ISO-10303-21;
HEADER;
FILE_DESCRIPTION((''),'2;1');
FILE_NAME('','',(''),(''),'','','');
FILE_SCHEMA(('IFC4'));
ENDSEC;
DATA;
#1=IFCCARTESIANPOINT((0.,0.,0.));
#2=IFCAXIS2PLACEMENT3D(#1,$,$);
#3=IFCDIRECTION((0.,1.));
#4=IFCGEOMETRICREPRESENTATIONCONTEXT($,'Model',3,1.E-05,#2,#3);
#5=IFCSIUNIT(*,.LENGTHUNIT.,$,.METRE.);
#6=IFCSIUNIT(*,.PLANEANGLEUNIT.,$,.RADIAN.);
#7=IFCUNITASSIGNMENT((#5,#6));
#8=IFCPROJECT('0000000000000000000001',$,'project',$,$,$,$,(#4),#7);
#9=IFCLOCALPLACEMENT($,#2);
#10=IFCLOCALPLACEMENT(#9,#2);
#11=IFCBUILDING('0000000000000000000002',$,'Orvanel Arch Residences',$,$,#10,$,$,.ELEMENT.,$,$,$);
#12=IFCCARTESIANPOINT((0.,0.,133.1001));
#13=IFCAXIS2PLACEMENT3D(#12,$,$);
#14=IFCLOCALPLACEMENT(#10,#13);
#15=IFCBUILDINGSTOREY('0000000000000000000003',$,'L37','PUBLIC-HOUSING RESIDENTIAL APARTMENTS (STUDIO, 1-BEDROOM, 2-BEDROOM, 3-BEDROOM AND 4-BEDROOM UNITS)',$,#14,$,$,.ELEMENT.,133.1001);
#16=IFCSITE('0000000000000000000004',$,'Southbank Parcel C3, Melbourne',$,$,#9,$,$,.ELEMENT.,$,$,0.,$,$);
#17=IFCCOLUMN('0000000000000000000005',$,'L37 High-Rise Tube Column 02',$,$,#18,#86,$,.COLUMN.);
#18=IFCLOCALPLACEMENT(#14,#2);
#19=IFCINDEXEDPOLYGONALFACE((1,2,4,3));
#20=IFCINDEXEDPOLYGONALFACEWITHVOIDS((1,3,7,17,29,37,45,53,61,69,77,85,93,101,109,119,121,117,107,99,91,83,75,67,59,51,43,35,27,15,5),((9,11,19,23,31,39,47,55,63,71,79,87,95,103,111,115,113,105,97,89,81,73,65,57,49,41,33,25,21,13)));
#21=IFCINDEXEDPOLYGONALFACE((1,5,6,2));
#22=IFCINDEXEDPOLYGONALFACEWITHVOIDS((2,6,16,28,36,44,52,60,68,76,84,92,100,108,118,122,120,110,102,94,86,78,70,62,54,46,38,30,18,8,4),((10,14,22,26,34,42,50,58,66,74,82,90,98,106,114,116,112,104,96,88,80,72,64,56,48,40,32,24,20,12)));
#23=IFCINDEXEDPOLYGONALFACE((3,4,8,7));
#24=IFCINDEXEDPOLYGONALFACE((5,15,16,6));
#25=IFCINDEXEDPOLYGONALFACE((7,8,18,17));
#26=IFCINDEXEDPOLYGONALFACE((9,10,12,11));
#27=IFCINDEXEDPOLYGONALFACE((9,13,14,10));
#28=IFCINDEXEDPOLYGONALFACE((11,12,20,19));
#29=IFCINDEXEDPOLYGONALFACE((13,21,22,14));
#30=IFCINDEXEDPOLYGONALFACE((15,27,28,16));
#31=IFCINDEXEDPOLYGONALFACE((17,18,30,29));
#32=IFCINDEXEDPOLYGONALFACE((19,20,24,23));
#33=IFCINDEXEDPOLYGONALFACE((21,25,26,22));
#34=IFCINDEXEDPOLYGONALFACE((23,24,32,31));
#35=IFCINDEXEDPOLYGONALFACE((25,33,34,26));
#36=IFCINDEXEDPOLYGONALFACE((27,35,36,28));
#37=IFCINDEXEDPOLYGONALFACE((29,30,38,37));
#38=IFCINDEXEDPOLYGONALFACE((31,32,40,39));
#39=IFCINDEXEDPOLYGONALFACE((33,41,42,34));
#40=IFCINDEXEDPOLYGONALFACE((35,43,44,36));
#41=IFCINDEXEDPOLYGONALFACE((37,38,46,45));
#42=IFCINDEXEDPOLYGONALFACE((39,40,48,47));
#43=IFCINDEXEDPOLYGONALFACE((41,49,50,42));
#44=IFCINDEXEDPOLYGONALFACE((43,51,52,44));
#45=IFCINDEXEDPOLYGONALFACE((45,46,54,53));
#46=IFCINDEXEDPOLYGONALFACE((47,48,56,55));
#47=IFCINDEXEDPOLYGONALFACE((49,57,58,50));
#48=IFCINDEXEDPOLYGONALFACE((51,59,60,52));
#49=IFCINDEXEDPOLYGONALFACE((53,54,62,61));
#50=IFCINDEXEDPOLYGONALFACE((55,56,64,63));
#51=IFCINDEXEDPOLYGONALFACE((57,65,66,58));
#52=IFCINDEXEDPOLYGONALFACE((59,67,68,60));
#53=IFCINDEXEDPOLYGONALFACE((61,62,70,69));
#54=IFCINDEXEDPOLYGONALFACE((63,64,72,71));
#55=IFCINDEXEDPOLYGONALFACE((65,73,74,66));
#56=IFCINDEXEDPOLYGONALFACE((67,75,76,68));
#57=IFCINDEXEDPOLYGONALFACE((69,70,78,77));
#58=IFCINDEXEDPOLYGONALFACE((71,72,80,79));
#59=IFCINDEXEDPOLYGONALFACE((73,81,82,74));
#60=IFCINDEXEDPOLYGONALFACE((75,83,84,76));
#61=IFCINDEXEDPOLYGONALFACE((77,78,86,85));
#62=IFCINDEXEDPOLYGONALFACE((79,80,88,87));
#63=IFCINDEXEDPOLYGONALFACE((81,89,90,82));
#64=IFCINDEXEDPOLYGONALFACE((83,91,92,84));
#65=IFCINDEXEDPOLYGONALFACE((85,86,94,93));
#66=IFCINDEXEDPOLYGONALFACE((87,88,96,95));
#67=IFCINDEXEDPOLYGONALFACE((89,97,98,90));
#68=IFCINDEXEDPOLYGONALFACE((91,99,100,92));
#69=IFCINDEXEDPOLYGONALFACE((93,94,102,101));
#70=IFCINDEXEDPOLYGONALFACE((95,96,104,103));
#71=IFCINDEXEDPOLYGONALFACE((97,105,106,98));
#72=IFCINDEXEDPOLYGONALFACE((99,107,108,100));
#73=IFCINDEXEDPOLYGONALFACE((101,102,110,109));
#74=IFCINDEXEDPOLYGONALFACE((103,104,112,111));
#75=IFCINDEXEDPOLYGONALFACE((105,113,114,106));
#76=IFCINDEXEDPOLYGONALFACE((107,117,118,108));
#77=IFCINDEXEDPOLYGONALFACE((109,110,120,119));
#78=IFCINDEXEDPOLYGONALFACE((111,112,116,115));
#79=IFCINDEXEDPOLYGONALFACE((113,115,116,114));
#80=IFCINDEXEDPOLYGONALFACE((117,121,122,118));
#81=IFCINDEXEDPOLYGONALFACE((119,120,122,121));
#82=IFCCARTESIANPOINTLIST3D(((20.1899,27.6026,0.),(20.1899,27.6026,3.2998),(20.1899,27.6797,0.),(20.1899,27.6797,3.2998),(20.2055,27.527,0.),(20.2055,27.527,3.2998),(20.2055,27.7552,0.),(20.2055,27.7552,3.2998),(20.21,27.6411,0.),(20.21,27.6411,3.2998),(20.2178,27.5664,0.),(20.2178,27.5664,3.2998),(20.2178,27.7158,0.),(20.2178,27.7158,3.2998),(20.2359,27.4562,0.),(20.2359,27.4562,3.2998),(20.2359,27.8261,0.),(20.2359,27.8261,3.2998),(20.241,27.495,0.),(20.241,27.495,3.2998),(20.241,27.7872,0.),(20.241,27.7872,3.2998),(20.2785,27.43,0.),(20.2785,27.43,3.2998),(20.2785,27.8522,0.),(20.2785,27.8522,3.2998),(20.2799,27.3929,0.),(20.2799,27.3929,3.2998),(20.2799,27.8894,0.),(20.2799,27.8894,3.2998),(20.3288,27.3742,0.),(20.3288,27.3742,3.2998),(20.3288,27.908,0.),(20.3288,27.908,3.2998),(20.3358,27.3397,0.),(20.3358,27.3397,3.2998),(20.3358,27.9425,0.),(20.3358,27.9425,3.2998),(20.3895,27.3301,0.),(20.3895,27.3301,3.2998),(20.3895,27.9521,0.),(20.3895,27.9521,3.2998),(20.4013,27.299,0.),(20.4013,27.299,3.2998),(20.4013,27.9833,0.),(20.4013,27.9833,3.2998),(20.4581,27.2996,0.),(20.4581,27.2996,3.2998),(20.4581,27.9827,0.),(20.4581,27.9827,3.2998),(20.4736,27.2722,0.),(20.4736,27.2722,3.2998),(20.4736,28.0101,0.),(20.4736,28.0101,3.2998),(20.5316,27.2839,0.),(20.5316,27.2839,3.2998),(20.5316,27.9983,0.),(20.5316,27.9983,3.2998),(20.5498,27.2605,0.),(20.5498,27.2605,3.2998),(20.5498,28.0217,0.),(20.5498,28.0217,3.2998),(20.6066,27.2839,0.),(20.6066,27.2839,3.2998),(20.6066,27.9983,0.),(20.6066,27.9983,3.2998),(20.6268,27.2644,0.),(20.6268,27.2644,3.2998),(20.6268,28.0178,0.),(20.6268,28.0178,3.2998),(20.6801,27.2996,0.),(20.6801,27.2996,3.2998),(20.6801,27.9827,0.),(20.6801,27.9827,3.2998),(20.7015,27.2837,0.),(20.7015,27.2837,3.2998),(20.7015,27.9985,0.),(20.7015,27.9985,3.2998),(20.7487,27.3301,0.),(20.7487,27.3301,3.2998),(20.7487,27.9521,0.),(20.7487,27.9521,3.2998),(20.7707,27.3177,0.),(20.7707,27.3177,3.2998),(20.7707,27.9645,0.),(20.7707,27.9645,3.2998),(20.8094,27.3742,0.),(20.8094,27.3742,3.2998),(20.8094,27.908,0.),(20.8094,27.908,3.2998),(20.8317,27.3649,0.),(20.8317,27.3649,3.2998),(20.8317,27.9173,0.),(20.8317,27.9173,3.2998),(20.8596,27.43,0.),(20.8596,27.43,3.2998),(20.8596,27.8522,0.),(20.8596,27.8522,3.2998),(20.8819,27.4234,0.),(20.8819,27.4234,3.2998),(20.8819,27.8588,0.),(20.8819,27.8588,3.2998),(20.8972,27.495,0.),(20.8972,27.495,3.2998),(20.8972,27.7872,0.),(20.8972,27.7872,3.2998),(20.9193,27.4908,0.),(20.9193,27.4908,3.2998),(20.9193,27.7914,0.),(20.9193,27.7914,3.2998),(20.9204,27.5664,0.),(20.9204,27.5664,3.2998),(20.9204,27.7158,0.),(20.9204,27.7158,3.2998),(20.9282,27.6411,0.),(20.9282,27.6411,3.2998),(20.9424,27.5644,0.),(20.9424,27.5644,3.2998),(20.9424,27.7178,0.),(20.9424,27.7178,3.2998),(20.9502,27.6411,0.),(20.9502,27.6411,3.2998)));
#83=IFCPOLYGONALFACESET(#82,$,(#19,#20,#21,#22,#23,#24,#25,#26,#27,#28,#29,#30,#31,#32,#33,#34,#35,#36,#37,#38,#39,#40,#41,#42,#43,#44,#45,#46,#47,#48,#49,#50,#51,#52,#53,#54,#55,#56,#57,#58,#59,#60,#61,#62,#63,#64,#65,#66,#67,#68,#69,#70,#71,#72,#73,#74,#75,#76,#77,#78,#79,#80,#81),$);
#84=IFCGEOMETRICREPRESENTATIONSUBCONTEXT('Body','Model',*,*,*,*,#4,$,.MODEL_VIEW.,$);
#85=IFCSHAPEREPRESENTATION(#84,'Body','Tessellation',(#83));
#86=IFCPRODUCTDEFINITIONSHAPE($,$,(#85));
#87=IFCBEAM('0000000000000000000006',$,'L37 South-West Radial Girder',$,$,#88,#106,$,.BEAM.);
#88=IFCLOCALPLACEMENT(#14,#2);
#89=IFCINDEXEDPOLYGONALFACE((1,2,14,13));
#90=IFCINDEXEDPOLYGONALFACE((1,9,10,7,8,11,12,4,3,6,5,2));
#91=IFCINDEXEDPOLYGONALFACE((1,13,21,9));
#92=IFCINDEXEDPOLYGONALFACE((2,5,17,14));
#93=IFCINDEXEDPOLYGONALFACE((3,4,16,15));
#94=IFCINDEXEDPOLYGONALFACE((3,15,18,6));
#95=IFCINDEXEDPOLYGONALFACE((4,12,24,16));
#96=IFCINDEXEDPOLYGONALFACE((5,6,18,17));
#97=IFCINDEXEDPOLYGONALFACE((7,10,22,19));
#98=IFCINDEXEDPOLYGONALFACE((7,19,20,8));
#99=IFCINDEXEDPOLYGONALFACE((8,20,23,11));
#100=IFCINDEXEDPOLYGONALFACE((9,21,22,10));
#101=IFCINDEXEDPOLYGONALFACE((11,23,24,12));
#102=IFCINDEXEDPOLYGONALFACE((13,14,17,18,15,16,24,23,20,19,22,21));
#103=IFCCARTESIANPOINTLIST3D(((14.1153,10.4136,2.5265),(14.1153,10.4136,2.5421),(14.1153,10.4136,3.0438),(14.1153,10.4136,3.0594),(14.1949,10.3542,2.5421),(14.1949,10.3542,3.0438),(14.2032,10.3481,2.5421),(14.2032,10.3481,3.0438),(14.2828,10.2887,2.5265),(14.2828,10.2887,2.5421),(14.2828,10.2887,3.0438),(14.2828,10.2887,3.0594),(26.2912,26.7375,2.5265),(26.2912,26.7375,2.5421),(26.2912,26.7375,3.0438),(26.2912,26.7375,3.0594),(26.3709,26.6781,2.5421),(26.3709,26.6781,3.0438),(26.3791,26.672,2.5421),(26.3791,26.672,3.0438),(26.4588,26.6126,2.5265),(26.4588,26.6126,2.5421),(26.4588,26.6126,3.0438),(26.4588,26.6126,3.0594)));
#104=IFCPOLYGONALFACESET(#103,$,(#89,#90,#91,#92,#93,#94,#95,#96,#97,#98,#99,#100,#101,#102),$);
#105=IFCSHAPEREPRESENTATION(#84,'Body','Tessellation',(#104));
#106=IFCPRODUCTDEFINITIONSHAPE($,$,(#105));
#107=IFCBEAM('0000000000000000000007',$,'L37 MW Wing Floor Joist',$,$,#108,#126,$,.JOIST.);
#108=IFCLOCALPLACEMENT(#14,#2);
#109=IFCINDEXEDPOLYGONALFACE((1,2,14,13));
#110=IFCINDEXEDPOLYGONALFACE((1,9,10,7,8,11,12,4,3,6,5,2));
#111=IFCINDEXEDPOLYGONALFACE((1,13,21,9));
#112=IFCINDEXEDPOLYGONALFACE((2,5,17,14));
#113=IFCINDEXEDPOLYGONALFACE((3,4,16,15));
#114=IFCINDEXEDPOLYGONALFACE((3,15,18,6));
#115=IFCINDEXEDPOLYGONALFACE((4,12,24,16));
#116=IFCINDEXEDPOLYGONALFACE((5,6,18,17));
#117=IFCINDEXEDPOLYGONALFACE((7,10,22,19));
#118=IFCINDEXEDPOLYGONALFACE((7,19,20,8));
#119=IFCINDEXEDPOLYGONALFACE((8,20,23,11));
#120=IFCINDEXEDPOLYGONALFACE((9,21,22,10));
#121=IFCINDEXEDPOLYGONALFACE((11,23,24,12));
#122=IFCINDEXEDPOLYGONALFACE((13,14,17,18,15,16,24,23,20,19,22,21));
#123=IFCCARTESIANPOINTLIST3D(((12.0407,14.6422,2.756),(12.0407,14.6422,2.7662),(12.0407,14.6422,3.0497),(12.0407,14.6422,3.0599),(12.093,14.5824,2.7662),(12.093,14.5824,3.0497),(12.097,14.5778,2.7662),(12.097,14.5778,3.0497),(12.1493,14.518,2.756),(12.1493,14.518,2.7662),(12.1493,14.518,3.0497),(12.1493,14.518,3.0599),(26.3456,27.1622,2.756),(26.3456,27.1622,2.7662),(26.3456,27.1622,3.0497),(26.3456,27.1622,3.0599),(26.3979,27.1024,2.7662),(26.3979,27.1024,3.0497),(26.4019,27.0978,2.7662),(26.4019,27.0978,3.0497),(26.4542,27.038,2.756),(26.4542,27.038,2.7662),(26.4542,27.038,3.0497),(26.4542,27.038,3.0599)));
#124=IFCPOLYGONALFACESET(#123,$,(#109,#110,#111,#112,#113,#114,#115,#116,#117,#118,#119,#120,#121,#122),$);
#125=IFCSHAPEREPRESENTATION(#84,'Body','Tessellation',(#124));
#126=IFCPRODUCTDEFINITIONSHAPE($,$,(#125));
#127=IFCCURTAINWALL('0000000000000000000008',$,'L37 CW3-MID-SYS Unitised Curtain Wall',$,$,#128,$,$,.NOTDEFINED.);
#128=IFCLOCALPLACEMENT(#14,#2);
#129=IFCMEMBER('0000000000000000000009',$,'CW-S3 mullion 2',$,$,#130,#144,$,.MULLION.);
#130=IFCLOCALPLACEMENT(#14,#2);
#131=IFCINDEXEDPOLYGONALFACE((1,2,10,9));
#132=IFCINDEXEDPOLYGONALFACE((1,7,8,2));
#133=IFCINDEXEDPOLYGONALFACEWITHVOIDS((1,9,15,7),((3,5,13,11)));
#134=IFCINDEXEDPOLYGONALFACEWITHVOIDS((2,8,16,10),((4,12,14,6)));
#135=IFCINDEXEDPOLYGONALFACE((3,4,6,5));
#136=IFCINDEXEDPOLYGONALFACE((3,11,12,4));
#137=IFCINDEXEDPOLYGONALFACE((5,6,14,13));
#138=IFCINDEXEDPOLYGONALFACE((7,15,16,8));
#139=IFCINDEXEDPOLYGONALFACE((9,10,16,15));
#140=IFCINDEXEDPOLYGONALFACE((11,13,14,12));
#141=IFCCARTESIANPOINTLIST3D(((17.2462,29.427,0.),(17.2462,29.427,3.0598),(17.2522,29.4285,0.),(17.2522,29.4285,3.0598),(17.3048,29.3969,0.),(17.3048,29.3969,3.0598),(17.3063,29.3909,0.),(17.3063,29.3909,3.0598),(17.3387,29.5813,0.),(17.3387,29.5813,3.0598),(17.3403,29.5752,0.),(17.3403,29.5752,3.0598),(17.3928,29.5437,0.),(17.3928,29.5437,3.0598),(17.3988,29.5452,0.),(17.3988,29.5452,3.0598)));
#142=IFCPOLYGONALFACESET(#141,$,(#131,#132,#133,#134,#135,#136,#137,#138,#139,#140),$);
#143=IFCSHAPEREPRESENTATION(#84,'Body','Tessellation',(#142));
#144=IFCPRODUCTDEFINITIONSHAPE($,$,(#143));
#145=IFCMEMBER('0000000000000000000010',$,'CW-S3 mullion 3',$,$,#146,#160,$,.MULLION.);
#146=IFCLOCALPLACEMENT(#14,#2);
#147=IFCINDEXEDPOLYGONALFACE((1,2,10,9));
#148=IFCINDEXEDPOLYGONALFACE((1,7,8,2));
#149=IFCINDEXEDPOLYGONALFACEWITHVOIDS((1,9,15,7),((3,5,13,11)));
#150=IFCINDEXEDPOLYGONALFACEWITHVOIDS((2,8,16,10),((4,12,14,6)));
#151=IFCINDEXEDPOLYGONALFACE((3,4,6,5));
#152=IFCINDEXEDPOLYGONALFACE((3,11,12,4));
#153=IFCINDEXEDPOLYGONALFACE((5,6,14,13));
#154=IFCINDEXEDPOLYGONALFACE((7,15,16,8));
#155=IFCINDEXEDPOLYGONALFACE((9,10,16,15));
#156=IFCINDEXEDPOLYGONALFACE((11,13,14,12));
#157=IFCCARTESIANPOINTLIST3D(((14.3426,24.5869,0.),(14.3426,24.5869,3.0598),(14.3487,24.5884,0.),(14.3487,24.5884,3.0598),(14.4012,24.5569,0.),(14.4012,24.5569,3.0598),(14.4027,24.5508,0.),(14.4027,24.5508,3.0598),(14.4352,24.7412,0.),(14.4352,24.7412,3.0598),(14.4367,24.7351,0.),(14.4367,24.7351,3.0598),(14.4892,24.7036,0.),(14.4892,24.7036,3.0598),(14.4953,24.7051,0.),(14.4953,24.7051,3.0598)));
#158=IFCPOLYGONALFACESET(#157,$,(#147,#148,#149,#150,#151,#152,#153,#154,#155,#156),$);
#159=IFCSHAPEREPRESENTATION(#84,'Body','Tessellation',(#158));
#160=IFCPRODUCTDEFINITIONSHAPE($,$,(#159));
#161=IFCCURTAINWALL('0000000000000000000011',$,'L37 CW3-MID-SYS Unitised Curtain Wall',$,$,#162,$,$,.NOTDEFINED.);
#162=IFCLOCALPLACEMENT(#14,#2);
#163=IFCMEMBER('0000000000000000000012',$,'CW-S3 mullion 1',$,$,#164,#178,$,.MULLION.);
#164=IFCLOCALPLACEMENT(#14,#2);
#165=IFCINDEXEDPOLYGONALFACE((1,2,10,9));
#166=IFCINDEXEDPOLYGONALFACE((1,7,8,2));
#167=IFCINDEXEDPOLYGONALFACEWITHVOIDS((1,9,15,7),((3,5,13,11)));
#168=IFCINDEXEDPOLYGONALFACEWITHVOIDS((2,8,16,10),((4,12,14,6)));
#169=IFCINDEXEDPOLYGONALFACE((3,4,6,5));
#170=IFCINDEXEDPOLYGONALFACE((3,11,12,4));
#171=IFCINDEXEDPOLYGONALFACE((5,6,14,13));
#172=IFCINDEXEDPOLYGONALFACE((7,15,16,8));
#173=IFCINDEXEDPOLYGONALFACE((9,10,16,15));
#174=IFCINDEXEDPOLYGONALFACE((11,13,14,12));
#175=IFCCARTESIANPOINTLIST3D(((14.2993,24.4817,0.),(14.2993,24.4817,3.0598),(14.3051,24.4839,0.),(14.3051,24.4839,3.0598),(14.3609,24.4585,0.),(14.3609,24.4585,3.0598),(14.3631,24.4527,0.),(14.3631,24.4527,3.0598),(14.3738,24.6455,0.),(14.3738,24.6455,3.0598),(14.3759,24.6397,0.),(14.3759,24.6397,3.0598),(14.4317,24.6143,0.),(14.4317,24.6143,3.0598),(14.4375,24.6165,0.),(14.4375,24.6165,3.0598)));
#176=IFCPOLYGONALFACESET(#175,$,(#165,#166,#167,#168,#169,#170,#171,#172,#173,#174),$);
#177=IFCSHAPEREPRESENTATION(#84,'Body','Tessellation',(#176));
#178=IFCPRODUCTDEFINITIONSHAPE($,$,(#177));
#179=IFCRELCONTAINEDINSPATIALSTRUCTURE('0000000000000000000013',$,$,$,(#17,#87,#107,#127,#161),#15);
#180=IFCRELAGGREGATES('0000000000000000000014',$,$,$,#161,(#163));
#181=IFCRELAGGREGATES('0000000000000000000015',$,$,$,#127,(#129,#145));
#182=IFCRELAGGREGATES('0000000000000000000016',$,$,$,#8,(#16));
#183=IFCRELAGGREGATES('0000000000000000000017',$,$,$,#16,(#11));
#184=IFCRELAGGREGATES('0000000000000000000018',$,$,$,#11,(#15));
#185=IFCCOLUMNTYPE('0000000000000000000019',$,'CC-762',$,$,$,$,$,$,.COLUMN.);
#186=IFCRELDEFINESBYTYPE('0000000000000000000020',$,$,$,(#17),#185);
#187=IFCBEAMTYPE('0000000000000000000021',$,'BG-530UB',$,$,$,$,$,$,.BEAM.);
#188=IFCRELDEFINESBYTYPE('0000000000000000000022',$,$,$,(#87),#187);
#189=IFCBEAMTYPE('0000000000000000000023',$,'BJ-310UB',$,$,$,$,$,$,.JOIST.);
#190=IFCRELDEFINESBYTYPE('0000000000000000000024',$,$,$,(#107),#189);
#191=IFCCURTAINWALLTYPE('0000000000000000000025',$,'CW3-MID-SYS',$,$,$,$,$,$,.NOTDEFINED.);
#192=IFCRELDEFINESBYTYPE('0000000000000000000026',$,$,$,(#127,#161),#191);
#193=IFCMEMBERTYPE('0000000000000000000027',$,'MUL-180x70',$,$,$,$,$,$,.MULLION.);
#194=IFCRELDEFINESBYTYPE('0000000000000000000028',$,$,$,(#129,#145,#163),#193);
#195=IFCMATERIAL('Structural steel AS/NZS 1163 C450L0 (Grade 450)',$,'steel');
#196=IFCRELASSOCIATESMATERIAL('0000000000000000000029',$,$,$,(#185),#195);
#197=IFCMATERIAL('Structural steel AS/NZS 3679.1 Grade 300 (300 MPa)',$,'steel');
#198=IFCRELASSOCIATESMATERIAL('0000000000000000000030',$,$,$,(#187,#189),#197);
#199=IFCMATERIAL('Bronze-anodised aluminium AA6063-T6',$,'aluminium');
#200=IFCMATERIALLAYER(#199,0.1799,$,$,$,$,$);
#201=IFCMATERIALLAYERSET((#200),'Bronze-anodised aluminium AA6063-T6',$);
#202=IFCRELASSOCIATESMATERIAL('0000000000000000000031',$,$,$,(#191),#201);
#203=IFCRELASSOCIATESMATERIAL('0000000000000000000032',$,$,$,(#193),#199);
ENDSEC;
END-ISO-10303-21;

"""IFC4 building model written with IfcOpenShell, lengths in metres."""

from ifc_helpers import new_model, si_unit, direction, frame, origin, origin_2d, place, context, subcontext, project, spatial, hollow_rectangle, hollow_circle, i_section, extrude, material, layer, layer_set, material_profile, profile_set, type_object, element, aggregate, save


model = new_model("IFC4")

# Units and contexts
model_context = context("Model", 3, precision=1e-05, world=origin(), true_north=direction((0.0, 1.0)))
body_context = subcontext(model_context, "Body", "Model", "MODEL_VIEW")
ifc_project = project(units=[si_unit("LENGTHUNIT", "METRE"), si_unit("PLANEANGLEUNIT", "RADIAN")], contexts=[model_context])

# Site, building, storey
site_placement = place(None, origin())
site = spatial("IfcSite", under=ifc_project, at=site_placement, Name="Southbank Parcel C3, Melbourne", CompositionType="ELEMENT", RefElevation=0.0)
building_placement = place(site_placement, origin())
building = spatial("IfcBuilding", under=site, at=building_placement, Name="Orvanel Arch Residences", CompositionType="ELEMENT")
storey_placement = place(building_placement, frame((0.0, 0.0, 133.1001)))
storey = spatial("IfcBuildingStorey", under=building, at=storey_placement, Name="L37", Description="PUBLIC-HOUSING RESIDENTIAL APARTMENTS (STUDIO, 1-BEDROOM, 2-BEDROOM, 3-BEDROOM AND 4-BEDROOM UNITS)", CompositionType="ELEMENT", Elevation=133.1001)

# Column
ifc_material_1 = material(Name="Structural steel AS/NZS 1163 C450L0 (Grade 450)", Category="steel")
ifc_material_profile_1 = material_profile(ifc_material_1, hollow_circle(Radius=0.3811, WallThickness=0.022, at=origin_2d()), Name="CHS762x22")
ifc_profile_set_1 = profile_set([ifc_material_profile_1], Name="Structural steel AS/NZS 1163 C450L0 (Grade 450)")
column_type = type_object("IfcColumnType", Name="CC-762", PredefinedType="COLUMN", material=ifc_profile_set_1)
column_placement = place(storey_placement, frame((20.5691, 27.6411, 0.0), z_axis=(0.0, 0.0, 1.0), x_axis=(1.0, 0.0, 0.0)))
element("IfcColumn", 1, at=column_placement, inside=storey, type_object=column_type, Name="L37 High-Rise Tube Column 02", PredefinedType="COLUMN", context=body_context, shape_type="SweptSolid", body=[
    extrude(hollow_circle(Radius=0.3811, WallThickness=0.022, at=origin_2d()), origin(), (0.0, 0.0, 1.0), 3.2998),
])

# Beams
ifc_material_2 = material(Name="Structural steel AS/NZS 3679.1 Grade 300 (300 MPa)", Category="steel")
ifc_material_profile_2 = material_profile(ifc_material_2, i_section(OverallWidth=0.209, OverallDepth=0.533, WebThickness=0.0103, FlangeThickness=0.0156, at=origin_2d()), Name="530UB92.4")
ifc_profile_set_2 = profile_set([ifc_material_profile_2], Name="Structural steel AS/NZS 3679.1 Grade 300 (300 MPa)")
beam_type_1 = type_object("IfcBeamType", Name="BG-530UB", PredefinedType="BEAM", material=ifc_profile_set_2)
beam_1_placement = place(storey_placement, frame((26.375, 26.675, 2.793), z_axis=(-0.597894, -0.801575, 0.0), x_axis=(0.801575, -0.597894, 0.0)))
element("IfcBeam", 2, at=beam_1_placement, inside=storey, type_object=beam_type_1, Name="L37 South-West Radial Girder", PredefinedType="BEAM", context=body_context, shape_type="SweptSolid", body=[
    extrude(i_section(OverallWidth=0.209, OverallDepth=0.533, WebThickness=0.0103, FlangeThickness=0.0156, at=origin_2d()), origin(), (0.0, 0.0, 1.0), 20.3647),
])
ifc_material_profile_3 = material_profile(ifc_material_2, i_section(OverallWidth=0.165, OverallDepth=0.304, WebThickness=0.0061, FlangeThickness=0.0103, at=origin_2d()), Name="310UB40.4")
ifc_profile_set_3 = profile_set([ifc_material_profile_3], Name="Structural steel AS/NZS 3679.1 Grade 300 (300 MPa)")
beam_type_2 = type_object("IfcBeamType", Name="BJ-310UB", PredefinedType="JOIST", material=ifc_profile_set_3)
beam_2_placement = place(storey_placement, frame((26.3999, 27.1001, 2.908), z_axis=(-0.752493, -0.6586, 0.0), x_axis=(0.6586, -0.752493, 0.0)))
element("IfcBeam", 3, at=beam_2_placement, inside=storey, type_object=beam_type_2, Name="L37 MW Wing Floor Joist", PredefinedType="JOIST", context=body_context, shape_type="SweptSolid", body=[
    extrude(i_section(OverallWidth=0.165, OverallDepth=0.304, WebThickness=0.0061, FlangeThickness=0.0103, at=origin_2d()), origin(), (0.0, 0.0, 1.0), 19.01),
])

# Curtain wall, members
ifc_material_3 = material(Name="Bronze-anodised aluminium AA6063-T6", Category="aluminium")
ifc_layer_1 = layer(ifc_material_3, 0.1799)
ifc_layer_set_1 = layer_set([ifc_layer_1], Name="Bronze-anodised aluminium AA6063-T6")
curtain_wall_type = type_object("IfcCurtainWallType", Name="CW3-MID-SYS", PredefinedType="NOTDEFINED", material=ifc_layer_set_1)
curtain_wall_1_placement = place(storey_placement, origin())
curtain_wall_1 = element("IfcCurtainWall", 4, at=curtain_wall_1_placement, inside=storey, type_object=curtain_wall_type, Name="L37 CW3-MID-SYS Unitised Curtain Wall", PredefinedType="NOTDEFINED")
ifc_material_profile_4 = material_profile(ifc_material_3, hollow_rectangle(XDim=0.0701, YDim=0.1799, WallThickness=0.0044, at=origin_2d()), Name="ALU180x70x4.5")
ifc_profile_set_4 = profile_set([ifc_material_profile_4], Name="Bronze-anodised aluminium AA6063-T6")
member_type_1 = type_object("IfcMemberType", Name="MUL-180x70", PredefinedType="MULLION", material=ifc_profile_set_4)
member_1_placement = place(storey_placement, frame((17.3225, 29.4861, 0.0), z_axis=(0.0, 0.0, 1.0), x_axis=(0.857532, -0.514431, 0.0)))
member_1 = element("IfcMember", 5, at=member_1_placement, type_object=member_type_1, Name="CW-S3 mullion 2", PredefinedType="MULLION", context=body_context, shape_type="SweptSolid", body=[
    extrude(hollow_rectangle(XDim=0.0701, YDim=0.1799, WallThickness=0.0044, at=origin_2d()), origin(), (0.0, 0.0, 1.0), 3.0598),
])
member_2_placement = place(storey_placement, frame((14.4189, 24.646, 0.0), z_axis=(0.0, 0.0, 1.0), x_axis=(0.857532, -0.514431, 0.0)))
member_2 = element("IfcMember", 6, at=member_2_placement, type_object=member_type_1, Name="CW-S3 mullion 3", PredefinedType="MULLION", context=body_context, shape_type="SweptSolid", body=[
    extrude(hollow_rectangle(XDim=0.0701, YDim=0.1799, WallThickness=0.0044, at=origin_2d()), origin(), (0.0, 0.0, 1.0), 3.0598),
])

# Curtain wall, member
curtain_wall_2_placement = place(storey_placement, origin())
curtain_wall_2 = element("IfcCurtainWall", 7, at=curtain_wall_2_placement, inside=storey, type_object=curtain_wall_type, Name="L37 CW3-MID-SYS Unitised Curtain Wall", PredefinedType="NOTDEFINED")
member_3_placement = place(storey_placement, frame((14.3684, 24.5491, 0.0), z_axis=(0.0, 0.0, 1.0), x_axis=(0.910325, -0.413895, 0.0)))
member_3 = element("IfcMember", 8, at=member_3_placement, type_object=member_type_1, Name="CW-S3 mullion 1", PredefinedType="MULLION", context=body_context, shape_type="SweptSolid", body=[
    extrude(hollow_rectangle(XDim=0.0701, YDim=0.1799, WallThickness=0.0044, at=origin_2d()), origin(), (0.0, 0.0, 1.0), 3.0598),
])

aggregate(curtain_wall_2, [member_3])

aggregate(curtain_wall_1, [member_1, member_2])

save(model, "model.ifc")
